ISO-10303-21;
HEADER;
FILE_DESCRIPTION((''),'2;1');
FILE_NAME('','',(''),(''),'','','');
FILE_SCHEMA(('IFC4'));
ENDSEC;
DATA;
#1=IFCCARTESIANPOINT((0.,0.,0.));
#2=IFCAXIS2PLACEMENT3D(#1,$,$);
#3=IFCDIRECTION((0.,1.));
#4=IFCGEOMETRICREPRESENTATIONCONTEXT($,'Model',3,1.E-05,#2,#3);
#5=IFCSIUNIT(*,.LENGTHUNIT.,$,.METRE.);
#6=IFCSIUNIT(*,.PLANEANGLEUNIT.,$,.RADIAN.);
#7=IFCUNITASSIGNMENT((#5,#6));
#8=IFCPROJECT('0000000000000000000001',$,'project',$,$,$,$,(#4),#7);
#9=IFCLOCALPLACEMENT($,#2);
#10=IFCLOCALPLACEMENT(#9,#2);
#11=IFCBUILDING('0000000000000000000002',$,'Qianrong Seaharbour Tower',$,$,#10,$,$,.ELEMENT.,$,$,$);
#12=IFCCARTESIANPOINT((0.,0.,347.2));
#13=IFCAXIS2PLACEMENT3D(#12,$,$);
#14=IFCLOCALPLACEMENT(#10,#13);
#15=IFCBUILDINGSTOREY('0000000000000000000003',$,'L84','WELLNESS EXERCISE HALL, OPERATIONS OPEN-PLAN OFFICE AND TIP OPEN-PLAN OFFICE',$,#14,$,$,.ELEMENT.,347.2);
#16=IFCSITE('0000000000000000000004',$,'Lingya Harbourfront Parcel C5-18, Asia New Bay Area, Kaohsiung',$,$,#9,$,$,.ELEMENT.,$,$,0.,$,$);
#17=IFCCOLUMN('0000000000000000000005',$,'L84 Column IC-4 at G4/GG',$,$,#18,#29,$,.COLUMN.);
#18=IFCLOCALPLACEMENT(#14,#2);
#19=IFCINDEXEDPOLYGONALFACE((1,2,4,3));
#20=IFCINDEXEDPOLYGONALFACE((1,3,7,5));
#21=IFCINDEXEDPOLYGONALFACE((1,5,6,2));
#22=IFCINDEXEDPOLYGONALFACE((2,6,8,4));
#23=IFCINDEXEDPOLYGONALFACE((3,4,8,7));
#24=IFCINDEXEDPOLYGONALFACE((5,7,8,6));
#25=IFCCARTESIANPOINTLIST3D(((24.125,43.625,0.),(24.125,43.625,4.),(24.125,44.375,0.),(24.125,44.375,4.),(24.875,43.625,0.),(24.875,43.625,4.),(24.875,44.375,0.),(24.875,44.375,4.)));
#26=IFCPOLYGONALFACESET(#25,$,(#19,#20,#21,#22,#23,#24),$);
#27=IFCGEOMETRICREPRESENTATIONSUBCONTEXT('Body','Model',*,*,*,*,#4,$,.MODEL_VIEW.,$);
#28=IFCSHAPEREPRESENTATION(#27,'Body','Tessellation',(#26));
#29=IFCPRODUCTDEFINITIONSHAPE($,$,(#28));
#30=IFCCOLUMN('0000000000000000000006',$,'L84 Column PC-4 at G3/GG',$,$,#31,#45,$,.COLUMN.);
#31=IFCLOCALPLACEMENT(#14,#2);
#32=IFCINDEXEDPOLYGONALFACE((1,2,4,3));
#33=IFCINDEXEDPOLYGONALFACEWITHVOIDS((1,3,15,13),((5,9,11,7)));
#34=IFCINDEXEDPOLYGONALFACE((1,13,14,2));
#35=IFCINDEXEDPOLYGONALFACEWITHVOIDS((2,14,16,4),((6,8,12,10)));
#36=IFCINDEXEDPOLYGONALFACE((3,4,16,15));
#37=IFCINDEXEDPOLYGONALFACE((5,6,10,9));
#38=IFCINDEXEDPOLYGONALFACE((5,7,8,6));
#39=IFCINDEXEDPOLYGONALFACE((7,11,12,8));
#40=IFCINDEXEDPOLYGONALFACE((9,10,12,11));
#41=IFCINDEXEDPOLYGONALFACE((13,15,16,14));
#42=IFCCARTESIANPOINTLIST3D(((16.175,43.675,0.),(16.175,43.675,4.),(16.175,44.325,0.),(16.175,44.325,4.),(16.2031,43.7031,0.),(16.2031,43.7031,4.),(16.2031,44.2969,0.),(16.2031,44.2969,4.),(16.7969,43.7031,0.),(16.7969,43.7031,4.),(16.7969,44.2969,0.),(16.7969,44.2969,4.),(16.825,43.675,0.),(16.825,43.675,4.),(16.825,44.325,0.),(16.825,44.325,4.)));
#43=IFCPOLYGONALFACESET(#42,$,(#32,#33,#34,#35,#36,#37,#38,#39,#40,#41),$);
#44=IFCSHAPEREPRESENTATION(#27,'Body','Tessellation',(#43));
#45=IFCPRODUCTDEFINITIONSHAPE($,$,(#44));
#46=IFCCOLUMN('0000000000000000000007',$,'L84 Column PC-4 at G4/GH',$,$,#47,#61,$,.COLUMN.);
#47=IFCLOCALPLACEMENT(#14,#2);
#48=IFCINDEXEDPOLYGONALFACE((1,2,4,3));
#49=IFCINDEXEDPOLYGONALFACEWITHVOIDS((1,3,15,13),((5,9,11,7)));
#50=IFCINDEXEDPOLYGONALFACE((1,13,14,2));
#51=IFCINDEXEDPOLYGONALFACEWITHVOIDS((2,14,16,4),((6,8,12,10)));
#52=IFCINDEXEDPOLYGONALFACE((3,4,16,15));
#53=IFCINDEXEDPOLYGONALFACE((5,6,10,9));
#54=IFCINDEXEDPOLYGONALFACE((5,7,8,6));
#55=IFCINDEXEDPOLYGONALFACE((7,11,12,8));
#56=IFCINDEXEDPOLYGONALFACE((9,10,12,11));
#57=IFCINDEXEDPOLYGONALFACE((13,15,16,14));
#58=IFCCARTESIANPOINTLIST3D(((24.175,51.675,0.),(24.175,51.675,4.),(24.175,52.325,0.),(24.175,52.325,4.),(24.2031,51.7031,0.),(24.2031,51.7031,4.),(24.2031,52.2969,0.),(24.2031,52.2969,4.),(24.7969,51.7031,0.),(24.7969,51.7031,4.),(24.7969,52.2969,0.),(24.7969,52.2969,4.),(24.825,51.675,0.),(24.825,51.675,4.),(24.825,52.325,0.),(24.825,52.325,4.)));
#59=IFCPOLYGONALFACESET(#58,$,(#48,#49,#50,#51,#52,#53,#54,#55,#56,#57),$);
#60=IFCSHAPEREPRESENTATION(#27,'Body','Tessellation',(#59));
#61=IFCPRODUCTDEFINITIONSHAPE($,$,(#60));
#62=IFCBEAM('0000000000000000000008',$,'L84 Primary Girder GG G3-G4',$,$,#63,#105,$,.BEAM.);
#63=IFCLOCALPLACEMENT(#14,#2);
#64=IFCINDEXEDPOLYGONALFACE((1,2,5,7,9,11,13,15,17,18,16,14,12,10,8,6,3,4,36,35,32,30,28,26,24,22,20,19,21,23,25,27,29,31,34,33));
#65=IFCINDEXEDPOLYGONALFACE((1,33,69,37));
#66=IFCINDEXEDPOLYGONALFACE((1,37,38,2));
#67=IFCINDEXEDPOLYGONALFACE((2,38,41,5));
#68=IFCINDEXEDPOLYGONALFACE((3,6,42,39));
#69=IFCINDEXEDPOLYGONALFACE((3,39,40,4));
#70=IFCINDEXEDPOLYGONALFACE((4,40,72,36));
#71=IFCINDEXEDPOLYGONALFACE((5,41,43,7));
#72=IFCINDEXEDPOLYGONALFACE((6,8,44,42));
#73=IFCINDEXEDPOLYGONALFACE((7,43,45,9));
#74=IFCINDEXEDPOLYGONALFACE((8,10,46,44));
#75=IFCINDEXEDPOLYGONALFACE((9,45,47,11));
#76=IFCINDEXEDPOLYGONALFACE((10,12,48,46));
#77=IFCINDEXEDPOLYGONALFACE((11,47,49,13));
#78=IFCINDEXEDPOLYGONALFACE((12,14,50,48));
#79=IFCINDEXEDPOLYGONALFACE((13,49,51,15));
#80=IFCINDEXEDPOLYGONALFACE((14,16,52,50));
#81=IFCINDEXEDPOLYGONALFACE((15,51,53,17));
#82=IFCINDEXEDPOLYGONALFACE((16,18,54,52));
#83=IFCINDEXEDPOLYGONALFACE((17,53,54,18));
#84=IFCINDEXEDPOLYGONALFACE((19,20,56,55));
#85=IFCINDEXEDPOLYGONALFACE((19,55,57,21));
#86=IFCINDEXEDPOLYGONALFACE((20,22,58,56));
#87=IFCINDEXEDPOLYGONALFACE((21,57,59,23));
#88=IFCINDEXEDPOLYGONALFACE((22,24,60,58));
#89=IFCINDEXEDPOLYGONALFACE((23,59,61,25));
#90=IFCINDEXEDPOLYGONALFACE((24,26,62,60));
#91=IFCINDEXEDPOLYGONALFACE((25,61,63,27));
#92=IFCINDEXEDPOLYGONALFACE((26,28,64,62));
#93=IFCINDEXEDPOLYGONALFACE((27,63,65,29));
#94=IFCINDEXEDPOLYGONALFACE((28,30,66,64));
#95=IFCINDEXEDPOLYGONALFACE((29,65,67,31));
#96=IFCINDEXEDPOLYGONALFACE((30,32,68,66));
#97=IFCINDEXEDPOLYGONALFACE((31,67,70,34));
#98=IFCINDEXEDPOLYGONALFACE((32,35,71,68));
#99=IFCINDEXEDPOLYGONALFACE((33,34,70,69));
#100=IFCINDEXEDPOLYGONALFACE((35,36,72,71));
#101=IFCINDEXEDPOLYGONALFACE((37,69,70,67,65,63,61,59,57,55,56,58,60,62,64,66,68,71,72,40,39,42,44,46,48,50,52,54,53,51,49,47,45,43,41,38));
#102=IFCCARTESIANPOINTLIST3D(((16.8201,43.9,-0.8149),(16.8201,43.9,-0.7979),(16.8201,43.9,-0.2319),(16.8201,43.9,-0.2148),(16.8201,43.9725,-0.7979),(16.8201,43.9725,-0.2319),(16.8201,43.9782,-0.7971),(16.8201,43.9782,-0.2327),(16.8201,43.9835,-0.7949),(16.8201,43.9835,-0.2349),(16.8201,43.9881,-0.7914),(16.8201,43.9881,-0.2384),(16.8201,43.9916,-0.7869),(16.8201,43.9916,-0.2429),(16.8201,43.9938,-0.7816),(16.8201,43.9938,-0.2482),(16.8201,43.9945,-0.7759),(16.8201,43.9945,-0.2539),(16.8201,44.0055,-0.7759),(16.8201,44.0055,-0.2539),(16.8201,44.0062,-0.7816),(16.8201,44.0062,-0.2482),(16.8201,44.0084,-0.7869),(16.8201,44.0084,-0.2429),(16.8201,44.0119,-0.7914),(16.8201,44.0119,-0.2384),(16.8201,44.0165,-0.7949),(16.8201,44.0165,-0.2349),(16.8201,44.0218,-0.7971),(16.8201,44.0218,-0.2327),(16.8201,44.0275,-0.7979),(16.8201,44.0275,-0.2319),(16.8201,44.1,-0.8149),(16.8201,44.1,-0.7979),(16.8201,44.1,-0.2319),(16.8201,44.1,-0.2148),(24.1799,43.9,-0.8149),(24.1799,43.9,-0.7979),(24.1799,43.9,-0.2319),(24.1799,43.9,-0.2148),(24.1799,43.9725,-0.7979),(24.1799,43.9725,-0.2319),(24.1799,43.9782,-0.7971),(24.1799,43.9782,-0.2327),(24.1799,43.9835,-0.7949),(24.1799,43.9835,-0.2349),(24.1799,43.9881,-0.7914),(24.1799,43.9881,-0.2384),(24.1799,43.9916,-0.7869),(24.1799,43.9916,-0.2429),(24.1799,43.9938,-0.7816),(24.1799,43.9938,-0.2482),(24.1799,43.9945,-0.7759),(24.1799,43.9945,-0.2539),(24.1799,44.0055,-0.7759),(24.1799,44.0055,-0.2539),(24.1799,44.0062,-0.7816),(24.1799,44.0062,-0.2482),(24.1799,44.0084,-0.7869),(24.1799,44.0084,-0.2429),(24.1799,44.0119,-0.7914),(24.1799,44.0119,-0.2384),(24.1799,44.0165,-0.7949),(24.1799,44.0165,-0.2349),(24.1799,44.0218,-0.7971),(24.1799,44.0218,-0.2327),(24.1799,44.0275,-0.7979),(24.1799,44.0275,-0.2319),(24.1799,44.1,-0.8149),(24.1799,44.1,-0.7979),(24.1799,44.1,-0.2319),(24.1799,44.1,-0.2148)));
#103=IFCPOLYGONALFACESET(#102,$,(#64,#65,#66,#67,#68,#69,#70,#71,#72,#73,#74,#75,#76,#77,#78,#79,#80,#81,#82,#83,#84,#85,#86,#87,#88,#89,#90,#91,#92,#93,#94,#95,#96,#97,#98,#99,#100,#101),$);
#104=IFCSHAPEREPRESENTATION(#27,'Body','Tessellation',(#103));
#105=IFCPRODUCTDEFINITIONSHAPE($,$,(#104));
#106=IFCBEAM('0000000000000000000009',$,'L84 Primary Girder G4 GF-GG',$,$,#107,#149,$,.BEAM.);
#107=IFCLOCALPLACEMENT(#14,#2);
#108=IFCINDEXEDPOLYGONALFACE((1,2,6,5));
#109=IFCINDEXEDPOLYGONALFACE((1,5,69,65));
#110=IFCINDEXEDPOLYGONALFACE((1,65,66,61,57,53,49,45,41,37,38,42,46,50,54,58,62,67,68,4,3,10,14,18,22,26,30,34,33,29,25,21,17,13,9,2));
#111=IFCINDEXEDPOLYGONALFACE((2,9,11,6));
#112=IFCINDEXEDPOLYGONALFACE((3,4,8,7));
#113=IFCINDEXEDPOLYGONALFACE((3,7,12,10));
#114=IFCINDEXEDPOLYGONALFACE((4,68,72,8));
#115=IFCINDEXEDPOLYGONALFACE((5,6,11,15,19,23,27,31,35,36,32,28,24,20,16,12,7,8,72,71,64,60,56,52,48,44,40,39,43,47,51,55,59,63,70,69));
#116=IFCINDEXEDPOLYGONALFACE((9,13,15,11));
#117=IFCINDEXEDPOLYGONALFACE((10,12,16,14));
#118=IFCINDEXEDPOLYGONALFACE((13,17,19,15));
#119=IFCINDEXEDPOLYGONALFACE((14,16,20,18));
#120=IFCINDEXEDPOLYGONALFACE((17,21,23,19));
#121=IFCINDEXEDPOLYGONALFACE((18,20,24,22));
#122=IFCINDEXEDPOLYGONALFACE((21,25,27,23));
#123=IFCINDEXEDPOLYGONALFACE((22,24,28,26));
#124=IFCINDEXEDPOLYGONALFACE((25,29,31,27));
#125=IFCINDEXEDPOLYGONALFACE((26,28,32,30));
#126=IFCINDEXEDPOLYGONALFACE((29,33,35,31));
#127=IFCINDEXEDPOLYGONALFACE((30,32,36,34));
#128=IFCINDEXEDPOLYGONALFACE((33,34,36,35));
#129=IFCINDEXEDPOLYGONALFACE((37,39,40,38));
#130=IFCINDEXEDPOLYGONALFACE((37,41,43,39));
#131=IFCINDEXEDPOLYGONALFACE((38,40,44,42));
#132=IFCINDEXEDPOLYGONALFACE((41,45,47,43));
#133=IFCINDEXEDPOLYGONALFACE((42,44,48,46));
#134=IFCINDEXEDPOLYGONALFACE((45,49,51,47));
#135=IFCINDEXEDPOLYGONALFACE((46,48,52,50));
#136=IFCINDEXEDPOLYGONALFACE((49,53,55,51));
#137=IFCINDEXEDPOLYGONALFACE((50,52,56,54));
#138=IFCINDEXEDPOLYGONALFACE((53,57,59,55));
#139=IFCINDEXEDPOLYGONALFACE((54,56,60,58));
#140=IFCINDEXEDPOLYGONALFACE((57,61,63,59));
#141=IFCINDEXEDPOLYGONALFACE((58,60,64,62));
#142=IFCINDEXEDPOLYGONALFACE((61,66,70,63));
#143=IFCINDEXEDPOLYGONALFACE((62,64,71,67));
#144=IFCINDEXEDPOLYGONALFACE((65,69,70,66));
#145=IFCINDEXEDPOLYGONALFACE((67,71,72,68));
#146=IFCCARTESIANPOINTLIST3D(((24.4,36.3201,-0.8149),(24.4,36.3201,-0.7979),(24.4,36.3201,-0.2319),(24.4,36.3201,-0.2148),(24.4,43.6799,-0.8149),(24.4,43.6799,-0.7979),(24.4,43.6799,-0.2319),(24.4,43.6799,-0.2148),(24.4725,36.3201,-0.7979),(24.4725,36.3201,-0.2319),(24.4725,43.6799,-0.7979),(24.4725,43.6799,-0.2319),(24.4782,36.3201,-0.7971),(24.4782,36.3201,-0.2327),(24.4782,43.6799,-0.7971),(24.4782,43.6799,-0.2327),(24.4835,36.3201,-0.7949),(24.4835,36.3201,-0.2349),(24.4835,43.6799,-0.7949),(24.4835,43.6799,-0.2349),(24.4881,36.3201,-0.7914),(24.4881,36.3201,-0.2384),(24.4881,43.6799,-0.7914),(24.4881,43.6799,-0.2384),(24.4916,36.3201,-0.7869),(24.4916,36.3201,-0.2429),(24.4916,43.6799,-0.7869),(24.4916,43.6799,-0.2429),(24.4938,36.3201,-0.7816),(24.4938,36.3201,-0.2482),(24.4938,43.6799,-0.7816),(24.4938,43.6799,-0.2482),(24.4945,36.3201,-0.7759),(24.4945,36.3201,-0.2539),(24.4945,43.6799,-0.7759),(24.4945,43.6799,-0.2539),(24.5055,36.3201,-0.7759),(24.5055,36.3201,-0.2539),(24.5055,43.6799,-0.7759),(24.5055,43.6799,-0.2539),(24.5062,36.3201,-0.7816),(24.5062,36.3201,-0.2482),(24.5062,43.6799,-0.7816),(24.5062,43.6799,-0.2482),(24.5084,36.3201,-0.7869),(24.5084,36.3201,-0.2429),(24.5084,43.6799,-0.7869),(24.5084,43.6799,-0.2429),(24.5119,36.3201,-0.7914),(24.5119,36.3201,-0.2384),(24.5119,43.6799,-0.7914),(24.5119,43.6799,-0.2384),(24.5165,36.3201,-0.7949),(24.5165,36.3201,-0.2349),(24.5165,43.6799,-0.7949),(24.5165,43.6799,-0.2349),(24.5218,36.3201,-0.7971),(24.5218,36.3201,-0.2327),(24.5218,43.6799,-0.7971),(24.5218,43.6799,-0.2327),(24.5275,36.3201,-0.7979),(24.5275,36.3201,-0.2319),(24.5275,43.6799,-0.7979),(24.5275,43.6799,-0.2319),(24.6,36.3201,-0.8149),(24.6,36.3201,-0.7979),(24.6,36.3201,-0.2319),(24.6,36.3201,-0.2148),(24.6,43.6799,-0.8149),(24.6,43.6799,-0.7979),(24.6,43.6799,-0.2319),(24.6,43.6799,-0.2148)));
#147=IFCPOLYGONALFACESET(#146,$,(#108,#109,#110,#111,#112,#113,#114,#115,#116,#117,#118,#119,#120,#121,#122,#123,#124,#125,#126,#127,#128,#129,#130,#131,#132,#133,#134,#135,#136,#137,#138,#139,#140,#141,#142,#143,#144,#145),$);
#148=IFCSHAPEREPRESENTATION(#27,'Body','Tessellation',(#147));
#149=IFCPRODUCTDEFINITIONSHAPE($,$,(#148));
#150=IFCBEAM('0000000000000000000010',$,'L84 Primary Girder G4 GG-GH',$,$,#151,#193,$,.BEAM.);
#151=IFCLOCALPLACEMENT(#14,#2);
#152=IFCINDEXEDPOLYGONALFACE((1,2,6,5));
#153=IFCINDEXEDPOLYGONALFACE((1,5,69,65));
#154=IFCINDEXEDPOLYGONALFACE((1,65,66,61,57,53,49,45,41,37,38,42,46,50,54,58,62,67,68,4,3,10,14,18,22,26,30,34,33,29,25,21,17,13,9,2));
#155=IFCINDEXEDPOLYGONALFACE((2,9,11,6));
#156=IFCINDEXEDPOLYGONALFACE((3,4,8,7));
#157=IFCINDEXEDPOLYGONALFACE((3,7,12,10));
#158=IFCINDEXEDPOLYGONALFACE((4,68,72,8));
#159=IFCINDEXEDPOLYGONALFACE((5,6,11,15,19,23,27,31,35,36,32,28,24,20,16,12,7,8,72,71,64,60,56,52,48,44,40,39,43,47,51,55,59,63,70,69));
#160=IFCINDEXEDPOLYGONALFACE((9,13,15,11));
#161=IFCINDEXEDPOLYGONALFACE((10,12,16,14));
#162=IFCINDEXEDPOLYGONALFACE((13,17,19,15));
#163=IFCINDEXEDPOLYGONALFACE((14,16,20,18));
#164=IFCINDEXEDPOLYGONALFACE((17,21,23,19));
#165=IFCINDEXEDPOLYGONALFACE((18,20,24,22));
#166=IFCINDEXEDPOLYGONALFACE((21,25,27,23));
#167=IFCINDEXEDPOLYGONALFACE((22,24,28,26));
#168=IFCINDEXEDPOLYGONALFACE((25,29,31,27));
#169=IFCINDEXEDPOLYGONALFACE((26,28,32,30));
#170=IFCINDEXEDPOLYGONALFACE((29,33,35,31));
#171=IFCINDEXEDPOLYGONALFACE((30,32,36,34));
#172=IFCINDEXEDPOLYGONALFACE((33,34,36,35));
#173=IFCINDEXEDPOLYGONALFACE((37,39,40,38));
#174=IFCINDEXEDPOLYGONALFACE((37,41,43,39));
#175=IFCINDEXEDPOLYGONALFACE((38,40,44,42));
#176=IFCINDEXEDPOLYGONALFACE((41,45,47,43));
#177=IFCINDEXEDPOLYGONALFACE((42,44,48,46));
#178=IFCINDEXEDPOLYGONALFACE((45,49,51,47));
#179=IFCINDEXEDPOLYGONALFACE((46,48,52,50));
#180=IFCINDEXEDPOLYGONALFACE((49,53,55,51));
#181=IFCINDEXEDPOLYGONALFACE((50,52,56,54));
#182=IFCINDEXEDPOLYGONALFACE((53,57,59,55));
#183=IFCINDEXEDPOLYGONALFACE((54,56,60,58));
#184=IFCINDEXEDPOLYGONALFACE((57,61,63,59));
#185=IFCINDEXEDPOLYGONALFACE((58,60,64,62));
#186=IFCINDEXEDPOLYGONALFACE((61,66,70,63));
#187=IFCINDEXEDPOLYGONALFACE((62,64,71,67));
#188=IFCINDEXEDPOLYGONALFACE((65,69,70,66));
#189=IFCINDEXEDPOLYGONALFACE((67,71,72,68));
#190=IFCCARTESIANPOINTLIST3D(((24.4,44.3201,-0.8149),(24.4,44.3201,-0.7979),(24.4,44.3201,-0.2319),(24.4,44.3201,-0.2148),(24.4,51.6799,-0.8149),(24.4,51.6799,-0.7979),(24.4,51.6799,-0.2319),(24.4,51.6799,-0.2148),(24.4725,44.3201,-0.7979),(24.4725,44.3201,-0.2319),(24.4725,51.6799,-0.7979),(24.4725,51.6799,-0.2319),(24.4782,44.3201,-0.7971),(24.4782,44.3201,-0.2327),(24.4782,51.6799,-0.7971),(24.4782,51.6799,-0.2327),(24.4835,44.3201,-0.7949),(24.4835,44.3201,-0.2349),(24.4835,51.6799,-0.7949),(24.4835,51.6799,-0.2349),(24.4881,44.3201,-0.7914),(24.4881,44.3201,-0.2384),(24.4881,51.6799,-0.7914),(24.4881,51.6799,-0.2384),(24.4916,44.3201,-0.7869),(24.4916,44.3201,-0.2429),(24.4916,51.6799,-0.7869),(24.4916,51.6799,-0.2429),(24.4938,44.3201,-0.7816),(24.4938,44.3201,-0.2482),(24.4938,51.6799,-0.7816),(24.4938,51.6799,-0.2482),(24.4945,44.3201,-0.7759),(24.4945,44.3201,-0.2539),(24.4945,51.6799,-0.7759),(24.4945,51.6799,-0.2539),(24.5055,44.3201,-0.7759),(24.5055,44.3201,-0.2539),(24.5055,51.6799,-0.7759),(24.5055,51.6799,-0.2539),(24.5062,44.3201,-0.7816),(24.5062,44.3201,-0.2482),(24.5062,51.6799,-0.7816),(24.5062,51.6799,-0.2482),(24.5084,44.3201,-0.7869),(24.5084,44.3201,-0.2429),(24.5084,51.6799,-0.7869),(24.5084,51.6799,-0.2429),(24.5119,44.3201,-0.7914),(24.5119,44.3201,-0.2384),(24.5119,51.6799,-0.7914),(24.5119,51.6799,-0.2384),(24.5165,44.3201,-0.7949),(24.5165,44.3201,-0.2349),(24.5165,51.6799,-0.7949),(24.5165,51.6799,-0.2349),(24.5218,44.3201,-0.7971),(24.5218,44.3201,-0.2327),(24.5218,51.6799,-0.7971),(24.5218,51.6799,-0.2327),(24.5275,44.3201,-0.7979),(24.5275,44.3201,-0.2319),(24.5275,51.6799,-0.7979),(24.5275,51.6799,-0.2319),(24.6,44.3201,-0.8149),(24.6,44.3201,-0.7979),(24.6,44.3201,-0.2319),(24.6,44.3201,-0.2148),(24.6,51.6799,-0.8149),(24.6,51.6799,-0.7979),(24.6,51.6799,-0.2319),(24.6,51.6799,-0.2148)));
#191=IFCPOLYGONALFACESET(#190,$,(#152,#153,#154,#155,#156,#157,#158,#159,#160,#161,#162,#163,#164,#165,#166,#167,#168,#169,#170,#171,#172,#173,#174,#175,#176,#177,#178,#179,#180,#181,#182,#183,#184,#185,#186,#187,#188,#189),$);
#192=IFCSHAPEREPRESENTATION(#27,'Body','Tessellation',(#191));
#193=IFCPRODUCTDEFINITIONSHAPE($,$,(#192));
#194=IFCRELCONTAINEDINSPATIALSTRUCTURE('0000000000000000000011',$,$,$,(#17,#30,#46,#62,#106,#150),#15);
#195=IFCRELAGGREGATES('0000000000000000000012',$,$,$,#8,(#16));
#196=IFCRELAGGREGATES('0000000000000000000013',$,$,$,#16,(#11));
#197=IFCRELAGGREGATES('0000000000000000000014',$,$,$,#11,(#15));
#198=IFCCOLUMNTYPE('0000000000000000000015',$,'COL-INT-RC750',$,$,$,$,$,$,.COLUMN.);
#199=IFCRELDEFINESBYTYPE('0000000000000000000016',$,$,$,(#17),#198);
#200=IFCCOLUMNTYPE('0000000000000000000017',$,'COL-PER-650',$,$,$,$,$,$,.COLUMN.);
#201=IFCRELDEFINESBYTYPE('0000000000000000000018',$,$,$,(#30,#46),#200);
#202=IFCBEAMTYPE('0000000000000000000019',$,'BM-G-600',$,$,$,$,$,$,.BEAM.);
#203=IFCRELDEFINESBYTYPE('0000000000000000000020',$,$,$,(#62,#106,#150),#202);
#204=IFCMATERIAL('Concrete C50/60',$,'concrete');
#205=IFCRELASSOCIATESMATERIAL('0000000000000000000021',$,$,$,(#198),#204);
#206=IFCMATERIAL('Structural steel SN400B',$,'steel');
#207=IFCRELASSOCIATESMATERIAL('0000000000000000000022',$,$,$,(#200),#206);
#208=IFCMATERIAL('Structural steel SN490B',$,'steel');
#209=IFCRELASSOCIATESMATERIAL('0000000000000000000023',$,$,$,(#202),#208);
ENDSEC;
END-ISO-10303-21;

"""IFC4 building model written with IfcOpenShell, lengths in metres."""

from ifc_helpers import new_model, si_unit, direction, frame, origin, origin_2d, place, context, subcontext, project, spatial, rectangle, hollow_rectangle, i_section, extrude, material, material_profile, profile_set, type_object, element, save


model = new_model("IFC4")

# Units and contexts
model_context = context("Model", 3, precision=1e-05, world=origin(), true_north=direction((0.0, 1.0)))
body_context = subcontext(model_context, "Body", "Model", "MODEL_VIEW")
ifc_project = project(units=[si_unit("LENGTHUNIT", "METRE"), si_unit("PLANEANGLEUNIT", "RADIAN")], contexts=[model_context])

# Site, building, storey
site_placement = place(None, origin())
site = spatial("IfcSite", under=ifc_project, at=site_placement, Name="Lingya Harbourfront Parcel C5-18, Asia New Bay Area, Kaohsiung", CompositionType="ELEMENT", RefElevation=0.0)
building_placement = place(site_placement, origin())
building = spatial("IfcBuilding", under=site, at=building_placement, Name="Qianrong Seaharbour Tower", CompositionType="ELEMENT")
storey_placement = place(building_placement, frame((0.0, 0.0, 347.2)))
storey = spatial("IfcBuildingStorey", under=building, at=storey_placement, Name="L84", Description="WELLNESS EXERCISE HALL, OPERATIONS OPEN-PLAN OFFICE AND TIP OPEN-PLAN OFFICE", CompositionType="ELEMENT", Elevation=347.2)

# Columns
ifc_material_1 = material(Name="Concrete C50/60", Category="concrete")
ifc_material_profile_1 = material_profile(ifc_material_1, rectangle(XDim=0.75, YDim=0.75, at=origin_2d()), Name="RC750x750")
ifc_profile_set_1 = profile_set([ifc_material_profile_1], Name="Concrete C50/60")
column_type_1 = type_object("IfcColumnType", Name="COL-INT-RC750", PredefinedType="COLUMN", material=ifc_profile_set_1)
column_placement = place(storey_placement, frame((24.5, 44.0, 0.0), z_axis=(0.0, 0.0, 1.0), x_axis=(1.0, 0.0, 0.0)))
element("IfcColumn", 1, at=column_placement, inside=storey, type_object=column_type_1, Name="L84 Column IC-4 at G4/GG", PredefinedType="COLUMN", context=body_context, shape_type="SweptSolid", body=[
    extrude(rectangle(XDim=0.75, YDim=0.75, at=origin_2d()), origin(), (0.0, 0.0, 1.0), 4.0),
])
ifc_material_2 = material(Name="Structural steel SN400B", Category="steel")
ifc_material_profile_2 = material_profile(ifc_material_2, hollow_rectangle(XDim=0.6499, YDim=0.6499, WallThickness=0.0281, at=origin_2d()), Name="BOX650x650x28")
ifc_profile_set_2 = profile_set([ifc_material_profile_2], Name="Structural steel SN400B")
column_type_2 = type_object("IfcColumnType", Name="COL-PER-650", PredefinedType="COLUMN", material=ifc_profile_set_2)
for number, where, z_axis, x_axis, name in (
    (2, (16.5, 44.0, 0.0), (0.0, 0.0, 1.0), (1.0, 0.0, 0.0), "L84 Column PC-4 at G3/GG"),
    (3, (24.5, 52.0, 0.0), (0.0, 0.0, 1.0), (1.0, 0.0, 0.0), "L84 Column PC-4 at G4/GH"),
):
    element("IfcColumn", number, at=place(storey_placement, frame(where, z_axis=z_axis, x_axis=x_axis)), inside=storey, type_object=column_type_2, Name=name, PredefinedType="COLUMN", context=body_context, shape_type="SweptSolid", body=[
        extrude(hollow_rectangle(XDim=0.6499, YDim=0.6499, WallThickness=0.0281, at=origin_2d()), origin(), (0.0, 0.0, 1.0), 4.0),
    ])

# Beams
ifc_material_3 = material(Name="Structural steel SN490B", Category="steel")
ifc_material_profile_3 = material_profile(ifc_material_3, i_section(OverallWidth=0.2, OverallDepth=0.6001, WebThickness=0.011, FlangeThickness=0.0171, FilletRadius=0.022, at=origin_2d()), Name="H600x200x11x17")
ifc_profile_set_3 = profile_set([ifc_material_profile_3], Name="Structural steel SN490B")
beam_type_1 = type_object("IfcBeamType", Name="BM-G-600", PredefinedType="BEAM", material=ifc_profile_set_3)
for number, where, z_axis, x_axis, name in (
    (4, (16.8201, 44.0, -0.5149), (1.0, 0.0, 0.0), (0.0, 1.0, 0.0), "L84 Primary Girder GG G3-G4"),
    (5, (24.5, 36.3201, -0.5149), (0.0, 1.0, 0.0), (-1.0, 0.0, 0.0), "L84 Primary Girder G4 GF-GG"),
    (6, (24.5, 44.3201, -0.5149), (0.0, 1.0, 0.0), (-1.0, 0.0, 0.0), "L84 Primary Girder G4 GG-GH"),
):
    element("IfcBeam", number, at=place(storey_placement, frame(where, z_axis=z_axis, x_axis=x_axis)), inside=storey, type_object=beam_type_1, Name=name, PredefinedType="BEAM", context=body_context, shape_type="SweptSolid", body=[
        extrude(i_section(OverallWidth=0.2, OverallDepth=0.6001, WebThickness=0.011, FlangeThickness=0.0171, FilletRadius=0.022, at=origin_2d()), origin(), (0.0, 0.0, 1.0), 7.3599),
    ])

save(model, "model.ifc")
